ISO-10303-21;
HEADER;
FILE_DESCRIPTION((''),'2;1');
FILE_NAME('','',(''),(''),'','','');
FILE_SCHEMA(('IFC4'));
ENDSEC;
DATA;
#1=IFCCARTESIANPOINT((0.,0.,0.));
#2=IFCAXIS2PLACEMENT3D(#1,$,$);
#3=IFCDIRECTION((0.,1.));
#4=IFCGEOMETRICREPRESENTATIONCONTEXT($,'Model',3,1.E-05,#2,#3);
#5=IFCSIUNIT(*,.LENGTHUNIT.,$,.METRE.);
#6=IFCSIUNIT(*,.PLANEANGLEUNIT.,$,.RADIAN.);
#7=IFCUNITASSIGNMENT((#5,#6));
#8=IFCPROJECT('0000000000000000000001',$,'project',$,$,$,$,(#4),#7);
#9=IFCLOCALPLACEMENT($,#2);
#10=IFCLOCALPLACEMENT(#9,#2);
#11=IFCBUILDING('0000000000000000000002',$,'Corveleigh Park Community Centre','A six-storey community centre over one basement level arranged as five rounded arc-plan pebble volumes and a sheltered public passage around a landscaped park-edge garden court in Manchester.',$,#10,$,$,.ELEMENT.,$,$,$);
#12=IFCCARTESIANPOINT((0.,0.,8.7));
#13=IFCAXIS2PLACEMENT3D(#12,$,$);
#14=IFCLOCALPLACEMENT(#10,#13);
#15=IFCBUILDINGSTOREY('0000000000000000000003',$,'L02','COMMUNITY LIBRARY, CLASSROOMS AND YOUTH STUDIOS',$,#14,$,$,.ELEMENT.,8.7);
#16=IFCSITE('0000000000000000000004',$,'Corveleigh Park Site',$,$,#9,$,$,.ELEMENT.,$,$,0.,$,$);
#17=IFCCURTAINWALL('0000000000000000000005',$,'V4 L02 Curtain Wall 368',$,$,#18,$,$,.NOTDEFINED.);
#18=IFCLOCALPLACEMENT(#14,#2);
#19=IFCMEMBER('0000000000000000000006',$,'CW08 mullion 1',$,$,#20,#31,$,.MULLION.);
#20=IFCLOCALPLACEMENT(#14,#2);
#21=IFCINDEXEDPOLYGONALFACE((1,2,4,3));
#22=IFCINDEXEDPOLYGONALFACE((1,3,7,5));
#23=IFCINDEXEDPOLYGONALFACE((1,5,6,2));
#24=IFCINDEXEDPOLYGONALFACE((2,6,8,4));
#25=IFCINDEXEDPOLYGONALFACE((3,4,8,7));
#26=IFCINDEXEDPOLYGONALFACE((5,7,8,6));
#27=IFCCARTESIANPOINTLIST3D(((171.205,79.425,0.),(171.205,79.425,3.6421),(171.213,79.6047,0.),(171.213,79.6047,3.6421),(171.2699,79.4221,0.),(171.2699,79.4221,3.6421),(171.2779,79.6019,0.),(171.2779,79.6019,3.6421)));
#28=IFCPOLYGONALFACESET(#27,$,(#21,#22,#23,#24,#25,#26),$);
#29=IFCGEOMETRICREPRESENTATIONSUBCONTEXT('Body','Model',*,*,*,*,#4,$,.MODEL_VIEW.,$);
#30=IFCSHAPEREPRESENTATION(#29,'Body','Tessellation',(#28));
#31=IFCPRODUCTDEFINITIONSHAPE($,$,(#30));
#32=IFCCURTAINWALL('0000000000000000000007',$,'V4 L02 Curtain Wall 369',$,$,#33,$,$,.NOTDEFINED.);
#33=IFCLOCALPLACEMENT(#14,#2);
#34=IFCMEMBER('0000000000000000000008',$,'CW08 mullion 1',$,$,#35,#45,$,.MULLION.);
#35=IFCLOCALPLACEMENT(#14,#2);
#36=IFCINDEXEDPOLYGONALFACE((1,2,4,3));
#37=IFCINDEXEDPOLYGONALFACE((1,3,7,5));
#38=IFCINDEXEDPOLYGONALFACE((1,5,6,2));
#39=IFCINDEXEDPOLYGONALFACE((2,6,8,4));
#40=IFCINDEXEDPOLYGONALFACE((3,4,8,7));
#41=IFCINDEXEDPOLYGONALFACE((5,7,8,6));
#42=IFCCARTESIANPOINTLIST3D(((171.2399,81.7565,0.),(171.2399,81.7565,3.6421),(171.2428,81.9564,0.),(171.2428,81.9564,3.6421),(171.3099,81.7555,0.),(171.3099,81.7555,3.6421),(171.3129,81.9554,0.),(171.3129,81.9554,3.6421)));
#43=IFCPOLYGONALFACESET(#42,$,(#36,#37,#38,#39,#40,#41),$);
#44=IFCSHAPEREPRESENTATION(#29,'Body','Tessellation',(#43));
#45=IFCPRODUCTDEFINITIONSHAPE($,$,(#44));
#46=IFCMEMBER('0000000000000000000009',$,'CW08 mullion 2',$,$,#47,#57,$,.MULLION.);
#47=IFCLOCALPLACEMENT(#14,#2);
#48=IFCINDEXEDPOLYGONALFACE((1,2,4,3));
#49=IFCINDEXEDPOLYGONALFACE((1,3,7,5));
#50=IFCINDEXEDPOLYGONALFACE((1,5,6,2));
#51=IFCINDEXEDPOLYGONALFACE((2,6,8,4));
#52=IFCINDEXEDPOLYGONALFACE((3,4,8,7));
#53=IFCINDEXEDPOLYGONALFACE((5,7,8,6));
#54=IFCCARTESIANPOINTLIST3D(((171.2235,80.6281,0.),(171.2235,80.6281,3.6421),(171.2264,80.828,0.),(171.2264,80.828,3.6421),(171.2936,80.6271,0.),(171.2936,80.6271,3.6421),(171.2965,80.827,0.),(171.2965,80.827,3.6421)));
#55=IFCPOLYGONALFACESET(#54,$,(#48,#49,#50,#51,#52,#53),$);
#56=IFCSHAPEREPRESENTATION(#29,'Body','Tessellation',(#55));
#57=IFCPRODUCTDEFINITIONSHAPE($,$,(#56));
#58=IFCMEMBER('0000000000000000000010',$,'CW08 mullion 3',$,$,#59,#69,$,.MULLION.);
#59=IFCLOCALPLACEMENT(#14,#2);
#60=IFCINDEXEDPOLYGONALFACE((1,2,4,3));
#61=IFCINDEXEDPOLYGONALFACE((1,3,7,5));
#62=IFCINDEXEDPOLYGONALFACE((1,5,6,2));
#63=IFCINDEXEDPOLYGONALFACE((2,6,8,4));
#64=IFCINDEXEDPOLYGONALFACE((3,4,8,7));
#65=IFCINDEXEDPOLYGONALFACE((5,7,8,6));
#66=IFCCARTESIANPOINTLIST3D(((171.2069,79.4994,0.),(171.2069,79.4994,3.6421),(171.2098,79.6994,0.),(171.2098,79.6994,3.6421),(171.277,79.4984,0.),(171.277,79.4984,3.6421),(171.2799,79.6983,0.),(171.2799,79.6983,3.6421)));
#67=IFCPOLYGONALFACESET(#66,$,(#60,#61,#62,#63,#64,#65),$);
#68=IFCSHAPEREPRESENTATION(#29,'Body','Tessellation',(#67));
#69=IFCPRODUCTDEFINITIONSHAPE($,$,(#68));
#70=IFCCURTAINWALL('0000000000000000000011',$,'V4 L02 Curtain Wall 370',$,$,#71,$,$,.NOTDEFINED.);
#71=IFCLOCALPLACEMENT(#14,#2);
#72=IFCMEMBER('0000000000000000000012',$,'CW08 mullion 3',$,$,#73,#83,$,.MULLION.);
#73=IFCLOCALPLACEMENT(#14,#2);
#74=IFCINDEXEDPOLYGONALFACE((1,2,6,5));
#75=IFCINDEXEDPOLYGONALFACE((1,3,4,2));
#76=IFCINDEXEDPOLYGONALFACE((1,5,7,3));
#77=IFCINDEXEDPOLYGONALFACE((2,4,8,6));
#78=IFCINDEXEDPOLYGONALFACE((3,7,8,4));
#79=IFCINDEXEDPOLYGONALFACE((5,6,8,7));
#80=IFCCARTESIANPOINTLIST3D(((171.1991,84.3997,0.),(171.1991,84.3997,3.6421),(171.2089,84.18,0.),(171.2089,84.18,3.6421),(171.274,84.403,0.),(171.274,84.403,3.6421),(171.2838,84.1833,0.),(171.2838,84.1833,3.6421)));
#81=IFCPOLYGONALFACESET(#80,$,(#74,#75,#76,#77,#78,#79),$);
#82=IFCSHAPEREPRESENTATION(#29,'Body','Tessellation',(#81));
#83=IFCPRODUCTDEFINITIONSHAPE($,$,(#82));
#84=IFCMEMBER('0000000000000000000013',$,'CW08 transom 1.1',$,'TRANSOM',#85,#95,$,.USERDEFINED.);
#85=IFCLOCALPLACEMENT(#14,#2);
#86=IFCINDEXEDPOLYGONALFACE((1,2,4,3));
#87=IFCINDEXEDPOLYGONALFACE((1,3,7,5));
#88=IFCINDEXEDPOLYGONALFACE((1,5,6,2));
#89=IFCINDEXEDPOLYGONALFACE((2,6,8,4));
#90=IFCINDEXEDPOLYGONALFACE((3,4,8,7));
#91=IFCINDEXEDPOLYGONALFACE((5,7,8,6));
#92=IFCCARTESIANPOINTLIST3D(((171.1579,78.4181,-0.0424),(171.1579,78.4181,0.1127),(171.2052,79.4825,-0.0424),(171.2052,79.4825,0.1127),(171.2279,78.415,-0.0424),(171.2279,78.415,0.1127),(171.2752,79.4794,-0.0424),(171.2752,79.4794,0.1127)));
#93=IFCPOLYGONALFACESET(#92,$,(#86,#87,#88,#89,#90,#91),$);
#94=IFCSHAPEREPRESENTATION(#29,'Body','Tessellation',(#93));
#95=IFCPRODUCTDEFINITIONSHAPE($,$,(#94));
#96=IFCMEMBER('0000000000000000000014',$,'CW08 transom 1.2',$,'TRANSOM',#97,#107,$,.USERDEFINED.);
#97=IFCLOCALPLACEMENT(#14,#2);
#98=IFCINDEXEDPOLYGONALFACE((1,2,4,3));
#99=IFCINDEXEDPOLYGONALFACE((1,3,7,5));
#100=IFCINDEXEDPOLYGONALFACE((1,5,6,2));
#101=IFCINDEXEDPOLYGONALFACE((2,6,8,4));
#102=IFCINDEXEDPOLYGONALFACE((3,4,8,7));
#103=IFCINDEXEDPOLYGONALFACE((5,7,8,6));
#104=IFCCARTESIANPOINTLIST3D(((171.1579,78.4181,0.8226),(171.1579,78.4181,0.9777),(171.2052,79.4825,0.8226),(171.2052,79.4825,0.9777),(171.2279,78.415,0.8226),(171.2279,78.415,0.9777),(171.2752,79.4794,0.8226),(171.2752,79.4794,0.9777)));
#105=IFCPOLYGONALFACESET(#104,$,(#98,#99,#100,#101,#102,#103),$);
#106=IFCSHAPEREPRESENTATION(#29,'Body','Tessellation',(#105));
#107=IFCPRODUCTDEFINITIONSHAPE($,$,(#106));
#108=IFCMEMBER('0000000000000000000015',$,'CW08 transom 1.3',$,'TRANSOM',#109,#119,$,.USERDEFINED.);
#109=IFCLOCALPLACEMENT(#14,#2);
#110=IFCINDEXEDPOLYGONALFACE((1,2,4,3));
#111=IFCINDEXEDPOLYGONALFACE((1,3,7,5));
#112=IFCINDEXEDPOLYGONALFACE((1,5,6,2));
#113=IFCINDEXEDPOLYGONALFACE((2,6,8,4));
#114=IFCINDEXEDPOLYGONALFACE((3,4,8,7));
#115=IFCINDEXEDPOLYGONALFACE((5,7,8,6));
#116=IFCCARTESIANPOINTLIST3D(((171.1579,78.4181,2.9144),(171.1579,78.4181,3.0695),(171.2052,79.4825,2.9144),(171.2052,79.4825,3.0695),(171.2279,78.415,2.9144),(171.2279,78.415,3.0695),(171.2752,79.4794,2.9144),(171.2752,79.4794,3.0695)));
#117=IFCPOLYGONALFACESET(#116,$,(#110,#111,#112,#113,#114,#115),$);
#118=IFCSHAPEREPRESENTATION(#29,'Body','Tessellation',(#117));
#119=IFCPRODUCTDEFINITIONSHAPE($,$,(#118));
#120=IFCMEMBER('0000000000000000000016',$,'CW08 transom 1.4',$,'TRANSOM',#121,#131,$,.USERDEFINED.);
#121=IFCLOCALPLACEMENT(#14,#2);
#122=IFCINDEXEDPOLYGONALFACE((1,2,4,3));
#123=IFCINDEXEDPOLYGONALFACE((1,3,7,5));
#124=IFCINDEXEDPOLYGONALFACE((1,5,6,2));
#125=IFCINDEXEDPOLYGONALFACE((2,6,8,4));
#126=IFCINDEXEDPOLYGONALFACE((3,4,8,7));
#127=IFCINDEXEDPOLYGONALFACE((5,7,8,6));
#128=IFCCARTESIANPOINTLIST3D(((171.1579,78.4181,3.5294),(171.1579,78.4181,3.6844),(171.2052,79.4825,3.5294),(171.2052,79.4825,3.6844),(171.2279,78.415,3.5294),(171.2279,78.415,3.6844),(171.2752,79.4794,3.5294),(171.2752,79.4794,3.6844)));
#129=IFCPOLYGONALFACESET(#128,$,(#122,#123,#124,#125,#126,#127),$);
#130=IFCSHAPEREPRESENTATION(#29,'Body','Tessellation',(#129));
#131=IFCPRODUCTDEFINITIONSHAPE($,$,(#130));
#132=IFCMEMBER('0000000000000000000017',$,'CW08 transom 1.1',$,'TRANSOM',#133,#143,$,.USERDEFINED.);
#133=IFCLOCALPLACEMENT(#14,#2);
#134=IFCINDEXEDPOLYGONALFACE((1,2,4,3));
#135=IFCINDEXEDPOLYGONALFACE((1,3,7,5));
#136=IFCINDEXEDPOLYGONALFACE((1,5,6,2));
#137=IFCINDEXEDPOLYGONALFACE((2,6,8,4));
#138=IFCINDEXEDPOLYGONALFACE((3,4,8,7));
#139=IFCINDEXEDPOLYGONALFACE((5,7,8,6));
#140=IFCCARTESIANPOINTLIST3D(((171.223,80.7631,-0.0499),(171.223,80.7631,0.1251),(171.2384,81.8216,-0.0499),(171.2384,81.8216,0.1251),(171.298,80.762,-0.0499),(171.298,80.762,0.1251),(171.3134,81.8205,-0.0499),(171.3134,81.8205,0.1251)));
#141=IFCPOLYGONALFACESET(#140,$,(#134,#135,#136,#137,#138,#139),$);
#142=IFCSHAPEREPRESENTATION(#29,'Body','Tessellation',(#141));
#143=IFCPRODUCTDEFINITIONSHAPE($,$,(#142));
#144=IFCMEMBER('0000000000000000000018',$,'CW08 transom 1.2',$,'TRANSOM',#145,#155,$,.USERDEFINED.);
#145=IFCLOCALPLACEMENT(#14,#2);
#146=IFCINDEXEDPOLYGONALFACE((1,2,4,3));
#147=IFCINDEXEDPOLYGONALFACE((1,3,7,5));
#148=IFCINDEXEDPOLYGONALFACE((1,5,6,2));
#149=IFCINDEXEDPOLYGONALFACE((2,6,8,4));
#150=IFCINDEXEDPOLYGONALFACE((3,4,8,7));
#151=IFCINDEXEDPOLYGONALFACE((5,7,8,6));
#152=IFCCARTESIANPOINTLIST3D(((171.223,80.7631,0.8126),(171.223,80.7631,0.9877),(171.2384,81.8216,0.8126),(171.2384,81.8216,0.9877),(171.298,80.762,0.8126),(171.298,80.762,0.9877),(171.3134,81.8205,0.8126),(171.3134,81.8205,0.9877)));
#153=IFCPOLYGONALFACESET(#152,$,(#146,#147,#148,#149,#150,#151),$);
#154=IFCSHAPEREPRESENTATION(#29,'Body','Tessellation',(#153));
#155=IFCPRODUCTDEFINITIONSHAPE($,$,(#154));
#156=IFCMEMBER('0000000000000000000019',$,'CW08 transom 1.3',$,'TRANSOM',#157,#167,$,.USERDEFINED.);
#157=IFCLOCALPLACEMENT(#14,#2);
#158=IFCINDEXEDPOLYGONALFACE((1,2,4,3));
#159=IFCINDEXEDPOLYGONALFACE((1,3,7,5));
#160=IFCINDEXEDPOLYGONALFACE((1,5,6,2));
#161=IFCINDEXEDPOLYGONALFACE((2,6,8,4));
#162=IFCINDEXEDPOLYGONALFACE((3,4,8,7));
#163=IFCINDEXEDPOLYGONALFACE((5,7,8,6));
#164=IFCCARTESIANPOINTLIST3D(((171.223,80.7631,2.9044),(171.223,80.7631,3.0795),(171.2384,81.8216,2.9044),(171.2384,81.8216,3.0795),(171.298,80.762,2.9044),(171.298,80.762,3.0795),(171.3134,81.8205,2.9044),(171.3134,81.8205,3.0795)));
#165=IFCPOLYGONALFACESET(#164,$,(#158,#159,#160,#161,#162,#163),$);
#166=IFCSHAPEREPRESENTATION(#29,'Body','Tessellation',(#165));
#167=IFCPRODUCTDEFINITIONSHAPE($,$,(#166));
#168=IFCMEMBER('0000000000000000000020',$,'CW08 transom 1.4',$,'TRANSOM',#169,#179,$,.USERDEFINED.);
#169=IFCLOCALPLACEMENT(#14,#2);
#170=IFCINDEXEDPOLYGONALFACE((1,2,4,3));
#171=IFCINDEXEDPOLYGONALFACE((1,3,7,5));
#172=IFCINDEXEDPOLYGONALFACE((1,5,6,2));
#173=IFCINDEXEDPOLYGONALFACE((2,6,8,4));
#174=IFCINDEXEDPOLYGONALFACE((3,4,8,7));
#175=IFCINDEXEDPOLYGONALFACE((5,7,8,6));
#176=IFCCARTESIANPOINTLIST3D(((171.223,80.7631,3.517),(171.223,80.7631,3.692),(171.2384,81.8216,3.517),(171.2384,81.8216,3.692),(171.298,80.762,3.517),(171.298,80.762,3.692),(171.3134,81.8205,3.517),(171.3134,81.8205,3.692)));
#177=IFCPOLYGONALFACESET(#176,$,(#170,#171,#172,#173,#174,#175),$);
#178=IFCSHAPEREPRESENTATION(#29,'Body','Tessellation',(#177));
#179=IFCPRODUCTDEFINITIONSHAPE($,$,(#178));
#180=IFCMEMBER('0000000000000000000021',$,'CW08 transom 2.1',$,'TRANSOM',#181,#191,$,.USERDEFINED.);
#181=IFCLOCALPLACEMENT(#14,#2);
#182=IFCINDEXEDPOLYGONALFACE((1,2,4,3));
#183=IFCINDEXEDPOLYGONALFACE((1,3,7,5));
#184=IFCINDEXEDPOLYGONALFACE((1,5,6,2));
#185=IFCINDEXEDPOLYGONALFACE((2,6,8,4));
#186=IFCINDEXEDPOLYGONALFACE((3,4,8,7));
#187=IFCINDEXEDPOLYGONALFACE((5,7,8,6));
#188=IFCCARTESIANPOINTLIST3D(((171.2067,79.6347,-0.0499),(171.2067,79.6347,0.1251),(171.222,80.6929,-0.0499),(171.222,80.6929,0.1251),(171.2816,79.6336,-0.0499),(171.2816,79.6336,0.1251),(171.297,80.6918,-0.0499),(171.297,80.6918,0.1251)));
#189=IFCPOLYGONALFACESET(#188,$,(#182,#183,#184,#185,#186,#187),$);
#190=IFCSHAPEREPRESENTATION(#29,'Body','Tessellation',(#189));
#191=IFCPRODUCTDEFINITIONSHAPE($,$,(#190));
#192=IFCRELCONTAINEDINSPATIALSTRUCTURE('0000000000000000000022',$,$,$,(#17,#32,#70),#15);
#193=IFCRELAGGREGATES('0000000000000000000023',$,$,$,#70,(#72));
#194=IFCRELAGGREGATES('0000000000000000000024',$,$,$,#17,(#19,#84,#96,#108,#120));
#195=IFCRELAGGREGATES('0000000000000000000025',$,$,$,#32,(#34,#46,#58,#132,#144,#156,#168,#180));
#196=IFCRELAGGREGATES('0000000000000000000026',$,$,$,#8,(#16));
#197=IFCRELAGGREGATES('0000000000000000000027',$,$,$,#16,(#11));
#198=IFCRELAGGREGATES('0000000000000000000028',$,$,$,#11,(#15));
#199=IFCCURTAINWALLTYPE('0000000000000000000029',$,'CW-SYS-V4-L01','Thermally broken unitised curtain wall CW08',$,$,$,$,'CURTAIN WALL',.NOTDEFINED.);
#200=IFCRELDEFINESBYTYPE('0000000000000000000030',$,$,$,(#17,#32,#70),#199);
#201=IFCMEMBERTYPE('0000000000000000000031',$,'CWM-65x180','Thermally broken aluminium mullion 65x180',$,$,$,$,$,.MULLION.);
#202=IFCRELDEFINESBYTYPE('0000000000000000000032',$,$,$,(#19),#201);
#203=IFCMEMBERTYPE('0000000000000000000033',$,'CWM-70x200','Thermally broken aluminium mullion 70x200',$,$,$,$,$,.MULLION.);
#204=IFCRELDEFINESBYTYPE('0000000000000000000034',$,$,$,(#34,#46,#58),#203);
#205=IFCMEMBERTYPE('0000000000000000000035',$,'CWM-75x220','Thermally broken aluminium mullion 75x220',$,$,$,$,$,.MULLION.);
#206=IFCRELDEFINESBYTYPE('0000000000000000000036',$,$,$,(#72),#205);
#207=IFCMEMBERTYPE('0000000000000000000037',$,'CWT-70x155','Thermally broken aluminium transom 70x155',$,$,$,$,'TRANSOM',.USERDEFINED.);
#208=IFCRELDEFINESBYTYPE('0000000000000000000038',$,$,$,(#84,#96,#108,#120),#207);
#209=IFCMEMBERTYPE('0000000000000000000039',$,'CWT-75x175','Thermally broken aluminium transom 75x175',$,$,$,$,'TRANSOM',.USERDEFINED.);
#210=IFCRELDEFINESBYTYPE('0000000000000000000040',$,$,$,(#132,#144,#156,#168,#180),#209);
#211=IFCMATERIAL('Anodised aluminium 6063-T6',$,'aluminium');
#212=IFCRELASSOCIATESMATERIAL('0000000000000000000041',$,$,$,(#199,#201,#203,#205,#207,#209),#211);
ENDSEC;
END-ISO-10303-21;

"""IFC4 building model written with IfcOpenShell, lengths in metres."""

from ifc_helpers import new_model, si_unit, direction, frame, origin, origin_2d, place, context, subcontext, project, spatial, rectangle, extrude, material, material_profile, profile_set, type_object, element, aggregate, save


model = new_model("IFC4")

# Units and contexts
model_context = context("Model", 3, precision=1e-05, world=origin(), true_north=direction((0.0, 1.0)))
body_context = subcontext(model_context, "Body", "Model", "MODEL_VIEW")
ifc_project = project(units=[si_unit("LENGTHUNIT", "METRE"), si_unit("PLANEANGLEUNIT", "RADIAN")], contexts=[model_context])

# Site, building, storey
site_placement = place(None, origin())
site = spatial("IfcSite", under=ifc_project, at=site_placement, Name="Corveleigh Park Site", CompositionType="ELEMENT", RefElevation=0.0)
building_placement = place(site_placement, origin())
building = spatial("IfcBuilding", under=site, at=building_placement, Name="Corveleigh Park Community Centre", Description="A six-storey community centre over one basement level arranged as five rounded arc-plan pebble volumes and a sheltered public passage around a landscaped park-edge garden court in Manchester.", CompositionType="ELEMENT")
storey_placement = place(building_placement, frame((0.0, 0.0, 8.7)))
storey = spatial("IfcBuildingStorey", under=building, at=storey_placement, Name="L02", Description="COMMUNITY LIBRARY, CLASSROOMS AND YOUTH STUDIOS", CompositionType="ELEMENT", Elevation=8.7)

# Curtain wall, member
ifc_material_1 = material(Name="Anodised aluminium 6063-T6", Category="aluminium")
curtain_wall_type = type_object("IfcCurtainWallType", Name="CW-SYS-V4-L01", Description="Thermally broken unitised curtain wall CW08", ElementType="CURTAIN WALL", PredefinedType="NOTDEFINED", material=ifc_material_1)
curtain_wall_1_placement = place(storey_placement, origin())
curtain_wall_1 = element("IfcCurtainWall", 1, at=curtain_wall_1_placement, inside=storey, type_object=curtain_wall_type, Name="V4 L02 Curtain Wall 368", PredefinedType="NOTDEFINED")
ifc_material_profile_1 = material_profile(ifc_material_1, rectangle(XDim=0.0649, YDim=0.1799, at=origin_2d()), Name="ALU-M65x180", Category="aluminium")
ifc_profile_set_1 = profile_set([ifc_material_profile_1], Name="Anodised aluminium 6063-T6")
member_type_1 = type_object("IfcMemberType", Name="CWM-65x180", Description="Thermally broken aluminium mullion 65x180", PredefinedType="MULLION", material=ifc_profile_set_1)
member_1_placement = place(storey_placement, frame((171.2415, 79.5134, 0.0), z_axis=(0.0, 0.0, 1.0), x_axis=(0.999019, -0.044277, 0.0)))
member_1 = element("IfcMember", 2, at=member_1_placement, type_object=member_type_1, Name="CW08 mullion 1", PredefinedType="MULLION", context=body_context, shape_type="SweptSolid", body=[
    extrude(rectangle(XDim=0.0649, YDim=0.1799, at=origin_2d()), origin(), (0.0, 0.0, 1.0), 3.6421),
])

# Curtain wall, members
curtain_wall_2_placement = place(storey_placement, origin())
curtain_wall_2 = element("IfcCurtainWall", 3, at=curtain_wall_2_placement, inside=storey, type_object=curtain_wall_type, Name="V4 L02 Curtain Wall 369", PredefinedType="NOTDEFINED")
ifc_material_profile_2 = material_profile(ifc_material_1, rectangle(XDim=0.0701, YDim=0.2, at=origin_2d()), Name="ALU-M70x200", Category="aluminium")
ifc_profile_set_2 = profile_set([ifc_material_profile_2], Name="Anodised aluminium 6063-T6")
member_type_2 = type_object("IfcMemberType", Name="CWM-70x200", Description="Thermally broken aluminium mullion 70x200", PredefinedType="MULLION", material=ifc_profile_set_2)
member_2_placement = place(storey_placement, frame((171.2764, 81.856, 0.0), z_axis=(0.0, 0.0, 1.0), x_axis=(0.999893, -0.01461, 0.0)))
member_2 = element("IfcMember", 4, at=member_2_placement, type_object=member_type_2, Name="CW08 mullion 1", PredefinedType="MULLION", context=body_context, shape_type="SweptSolid", body=[
    extrude(rectangle(XDim=0.0701, YDim=0.2, at=origin_2d()), origin(), (0.0, 0.0, 1.0), 3.6421),
])
member_3_placement = place(storey_placement, frame((171.26, 80.7275, 0.0), z_axis=(0.0, 0.0, 1.0), x_axis=(0.999893, -0.01461, 0.0)))
member_3 = element("IfcMember", 5, at=member_3_placement, type_object=member_type_2, Name="CW08 mullion 2", PredefinedType="MULLION", context=body_context, shape_type="SweptSolid", body=[
    extrude(rectangle(XDim=0.0701, YDim=0.2, at=origin_2d()), origin(), (0.0, 0.0, 1.0), 3.6421),
])
member_4_placement = place(storey_placement, frame((171.2434, 79.5989, 0.0), z_axis=(0.0, 0.0, 1.0), x_axis=(0.999893, -0.01461, 0.0)))
member_4 = element("IfcMember", 6, at=member_4_placement, type_object=member_type_2, Name="CW08 mullion 3", PredefinedType="MULLION", context=body_context, shape_type="SweptSolid", body=[
    extrude(rectangle(XDim=0.0701, YDim=0.2, at=origin_2d()), origin(), (0.0, 0.0, 1.0), 3.6421),
])

# Curtain wall, member
curtain_wall_3_placement = place(storey_placement, origin())
curtain_wall_3 = element("IfcCurtainWall", 7, at=curtain_wall_3_placement, inside=storey, type_object=curtain_wall_type, Name="V4 L02 Curtain Wall 370", PredefinedType="NOTDEFINED")
ifc_material_profile_3 = material_profile(ifc_material_1, rectangle(XDim=0.075, YDim=0.22, at=origin_2d()), Name="ALU-M75x220", Category="aluminium")
ifc_profile_set_3 = profile_set([ifc_material_profile_3], Name="Anodised aluminium 6063-T6")
member_type_3 = type_object("IfcMemberType", Name="CWM-75x220", Description="Thermally broken aluminium mullion 75x220", PredefinedType="MULLION", material=ifc_profile_set_3)
member_5_placement = place(storey_placement, frame((171.2415, 84.2915, 0.0), z_axis=(0.0, 0.0, 1.0), x_axis=(0.999019, 0.044277, 0.0)))
member_5 = element("IfcMember", 8, at=member_5_placement, type_object=member_type_3, Name="CW08 mullion 3", PredefinedType="MULLION", context=body_context, shape_type="SweptSolid", body=[
    extrude(rectangle(XDim=0.075, YDim=0.22, at=origin_2d()), origin(), (0.0, 0.0, 1.0), 3.6421),
])
aggregate(curtain_wall_3, [member_5])

# Members
ifc_material_profile_4 = material_profile(ifc_material_1, rectangle(XDim=0.0701, YDim=0.155, at=origin_2d()), Name="ALU-T70x155", Category="aluminium")
ifc_profile_set_4 = profile_set([ifc_material_profile_4], Name="Anodised aluminium 6063-T6")
member_type_4 = type_object("IfcMemberType", Name="CWT-70x155", Description="Thermally broken aluminium transom 70x155", ElementType="TRANSOM", PredefinedType="USERDEFINED", material=ifc_profile_set_4)
member_6_placement = place(storey_placement, frame((171.2402, 79.481, 0.0352), z_axis=(-0.044451, -0.999012, 0.0), x_axis=(0.999012, -0.044451, 0.0)))
member_6 = element("IfcMember", 9, at=member_6_placement, type_object=member_type_4, Name="CW08 transom 1.1", ObjectType="TRANSOM", PredefinedType="USERDEFINED", context=body_context, shape_type="SweptSolid", body=[
    extrude(rectangle(XDim=0.0701, YDim=0.155, at=origin_2d()), origin(), (0.0, 0.0, 1.0), 1.0654),
])
member_7_placement = place(storey_placement, frame((171.2402, 79.481, 0.9001), z_axis=(-0.044451, -0.999012, 0.0), x_axis=(0.999012, -0.044451, 0.0)))
member_7 = element("IfcMember", 10, at=member_7_placement, type_object=member_type_4, Name="CW08 transom 1.2", ObjectType="TRANSOM", PredefinedType="USERDEFINED", context=body_context, shape_type="SweptSolid", body=[
    extrude(rectangle(XDim=0.0701, YDim=0.155, at=origin_2d()), origin(), (0.0, 0.0, 1.0), 1.0654),
])
member_8_placement = place(storey_placement, frame((171.2402, 79.481, 2.9919), z_axis=(-0.044451, -0.999012, 0.0), x_axis=(0.999012, -0.044451, 0.0)))
member_8 = element("IfcMember", 11, at=member_8_placement, type_object=member_type_4, Name="CW08 transom 1.3", ObjectType="TRANSOM", PredefinedType="USERDEFINED", context=body_context, shape_type="SweptSolid", body=[
    extrude(rectangle(XDim=0.0701, YDim=0.155, at=origin_2d()), origin(), (0.0, 0.0, 1.0), 1.0654),
])
member_9_placement = place(storey_placement, frame((171.2402, 79.481, 3.6069), z_axis=(-0.044451, -0.999012, 0.0), x_axis=(0.999012, -0.044451, 0.0)))
member_9 = element("IfcMember", 12, at=member_9_placement, type_object=member_type_4, Name="CW08 transom 1.4", ObjectType="TRANSOM", PredefinedType="USERDEFINED", context=body_context, shape_type="SweptSolid", body=[
    extrude(rectangle(XDim=0.0701, YDim=0.155, at=origin_2d()), origin(), (0.0, 0.0, 1.0), 1.0654),
])
ifc_material_profile_5 = material_profile(ifc_material_1, rectangle(XDim=0.075, YDim=0.175, at=origin_2d()), Name="ALU-T75x175", Category="aluminium")
ifc_profile_set_5 = profile_set([ifc_material_profile_5], Name="Anodised aluminium 6063-T6")
member_type_5 = type_object("IfcMemberType", Name="CWT-75x175", Description="Thermally broken aluminium transom 75x175", ElementType="TRANSOM", PredefinedType="USERDEFINED", material=ifc_profile_set_5)
member_10_placement = place(storey_placement, frame((171.2759, 81.821, 0.0376), z_axis=(-0.014528, -0.999894, 0.0), x_axis=(0.999894, -0.014528, 0.0)))
member_10 = element("IfcMember", 13, at=member_10_placement, type_object=member_type_5, Name="CW08 transom 1.1", ObjectType="TRANSOM", PredefinedType="USERDEFINED", context=body_context, shape_type="SweptSolid", body=[
    extrude(rectangle(XDim=0.075, YDim=0.175, at=origin_2d()), origin(), (0.0, 0.0, 1.0), 1.0586),
])
member_11_placement = place(storey_placement, frame((171.2759, 81.821, 0.9001), z_axis=(-0.014528, -0.999894, 0.0), x_axis=(0.999894, -0.014528, 0.0)))
member_11 = element("IfcMember", 14, at=member_11_placement, type_object=member_type_5, Name="CW08 transom 1.2", ObjectType="TRANSOM", PredefinedType="USERDEFINED", context=body_context, shape_type="SweptSolid", body=[
    extrude(rectangle(XDim=0.075, YDim=0.175, at=origin_2d()), origin(), (0.0, 0.0, 1.0), 1.0586),
])
member_12_placement = place(storey_placement, frame((171.2759, 81.821, 2.9919), z_axis=(-0.014528, -0.999894, 0.0), x_axis=(0.999894, -0.014528, 0.0)))
member_12 = element("IfcMember", 15, at=member_12_placement, type_object=member_type_5, Name="CW08 transom 1.3", ObjectType="TRANSOM", PredefinedType="USERDEFINED", context=body_context, shape_type="SweptSolid", body=[
    extrude(rectangle(XDim=0.075, YDim=0.175, at=origin_2d()), origin(), (0.0, 0.0, 1.0), 1.0586),
])
member_13_placement = place(storey_placement, frame((171.2759, 81.821, 3.6045), z_axis=(-0.014528, -0.999894, 0.0), x_axis=(0.999894, -0.014528, 0.0)))
member_13 = element("IfcMember", 16, at=member_13_placement, type_object=member_type_5, Name="CW08 transom 1.4", ObjectType="TRANSOM", PredefinedType="USERDEFINED", context=body_context, shape_type="SweptSolid", body=[
    extrude(rectangle(XDim=0.075, YDim=0.175, at=origin_2d()), origin(), (0.0, 0.0, 1.0), 1.0586),
])
member_14_placement = place(storey_placement, frame((171.2595, 80.6924, 0.0376), z_axis=(-0.014531, -0.999894, 0.0), x_axis=(0.999894, -0.014531, 0.0)))
member_14 = element("IfcMember", 17, at=member_14_placement, type_object=member_type_5, Name="CW08 transom 2.1", ObjectType="TRANSOM", PredefinedType="USERDEFINED", context=body_context, shape_type="SweptSolid", body=[
    extrude(rectangle(XDim=0.075, YDim=0.175, at=origin_2d()), origin(), (0.0, 0.0, 1.0), 1.0583),
])

aggregate(curtain_wall_1, [member_1, member_6, member_7, member_8, member_9])
aggregate(curtain_wall_2, [member_2, member_3, member_4, member_10, member_11, member_12, member_13, member_14])

save(model, "model.ifc")
